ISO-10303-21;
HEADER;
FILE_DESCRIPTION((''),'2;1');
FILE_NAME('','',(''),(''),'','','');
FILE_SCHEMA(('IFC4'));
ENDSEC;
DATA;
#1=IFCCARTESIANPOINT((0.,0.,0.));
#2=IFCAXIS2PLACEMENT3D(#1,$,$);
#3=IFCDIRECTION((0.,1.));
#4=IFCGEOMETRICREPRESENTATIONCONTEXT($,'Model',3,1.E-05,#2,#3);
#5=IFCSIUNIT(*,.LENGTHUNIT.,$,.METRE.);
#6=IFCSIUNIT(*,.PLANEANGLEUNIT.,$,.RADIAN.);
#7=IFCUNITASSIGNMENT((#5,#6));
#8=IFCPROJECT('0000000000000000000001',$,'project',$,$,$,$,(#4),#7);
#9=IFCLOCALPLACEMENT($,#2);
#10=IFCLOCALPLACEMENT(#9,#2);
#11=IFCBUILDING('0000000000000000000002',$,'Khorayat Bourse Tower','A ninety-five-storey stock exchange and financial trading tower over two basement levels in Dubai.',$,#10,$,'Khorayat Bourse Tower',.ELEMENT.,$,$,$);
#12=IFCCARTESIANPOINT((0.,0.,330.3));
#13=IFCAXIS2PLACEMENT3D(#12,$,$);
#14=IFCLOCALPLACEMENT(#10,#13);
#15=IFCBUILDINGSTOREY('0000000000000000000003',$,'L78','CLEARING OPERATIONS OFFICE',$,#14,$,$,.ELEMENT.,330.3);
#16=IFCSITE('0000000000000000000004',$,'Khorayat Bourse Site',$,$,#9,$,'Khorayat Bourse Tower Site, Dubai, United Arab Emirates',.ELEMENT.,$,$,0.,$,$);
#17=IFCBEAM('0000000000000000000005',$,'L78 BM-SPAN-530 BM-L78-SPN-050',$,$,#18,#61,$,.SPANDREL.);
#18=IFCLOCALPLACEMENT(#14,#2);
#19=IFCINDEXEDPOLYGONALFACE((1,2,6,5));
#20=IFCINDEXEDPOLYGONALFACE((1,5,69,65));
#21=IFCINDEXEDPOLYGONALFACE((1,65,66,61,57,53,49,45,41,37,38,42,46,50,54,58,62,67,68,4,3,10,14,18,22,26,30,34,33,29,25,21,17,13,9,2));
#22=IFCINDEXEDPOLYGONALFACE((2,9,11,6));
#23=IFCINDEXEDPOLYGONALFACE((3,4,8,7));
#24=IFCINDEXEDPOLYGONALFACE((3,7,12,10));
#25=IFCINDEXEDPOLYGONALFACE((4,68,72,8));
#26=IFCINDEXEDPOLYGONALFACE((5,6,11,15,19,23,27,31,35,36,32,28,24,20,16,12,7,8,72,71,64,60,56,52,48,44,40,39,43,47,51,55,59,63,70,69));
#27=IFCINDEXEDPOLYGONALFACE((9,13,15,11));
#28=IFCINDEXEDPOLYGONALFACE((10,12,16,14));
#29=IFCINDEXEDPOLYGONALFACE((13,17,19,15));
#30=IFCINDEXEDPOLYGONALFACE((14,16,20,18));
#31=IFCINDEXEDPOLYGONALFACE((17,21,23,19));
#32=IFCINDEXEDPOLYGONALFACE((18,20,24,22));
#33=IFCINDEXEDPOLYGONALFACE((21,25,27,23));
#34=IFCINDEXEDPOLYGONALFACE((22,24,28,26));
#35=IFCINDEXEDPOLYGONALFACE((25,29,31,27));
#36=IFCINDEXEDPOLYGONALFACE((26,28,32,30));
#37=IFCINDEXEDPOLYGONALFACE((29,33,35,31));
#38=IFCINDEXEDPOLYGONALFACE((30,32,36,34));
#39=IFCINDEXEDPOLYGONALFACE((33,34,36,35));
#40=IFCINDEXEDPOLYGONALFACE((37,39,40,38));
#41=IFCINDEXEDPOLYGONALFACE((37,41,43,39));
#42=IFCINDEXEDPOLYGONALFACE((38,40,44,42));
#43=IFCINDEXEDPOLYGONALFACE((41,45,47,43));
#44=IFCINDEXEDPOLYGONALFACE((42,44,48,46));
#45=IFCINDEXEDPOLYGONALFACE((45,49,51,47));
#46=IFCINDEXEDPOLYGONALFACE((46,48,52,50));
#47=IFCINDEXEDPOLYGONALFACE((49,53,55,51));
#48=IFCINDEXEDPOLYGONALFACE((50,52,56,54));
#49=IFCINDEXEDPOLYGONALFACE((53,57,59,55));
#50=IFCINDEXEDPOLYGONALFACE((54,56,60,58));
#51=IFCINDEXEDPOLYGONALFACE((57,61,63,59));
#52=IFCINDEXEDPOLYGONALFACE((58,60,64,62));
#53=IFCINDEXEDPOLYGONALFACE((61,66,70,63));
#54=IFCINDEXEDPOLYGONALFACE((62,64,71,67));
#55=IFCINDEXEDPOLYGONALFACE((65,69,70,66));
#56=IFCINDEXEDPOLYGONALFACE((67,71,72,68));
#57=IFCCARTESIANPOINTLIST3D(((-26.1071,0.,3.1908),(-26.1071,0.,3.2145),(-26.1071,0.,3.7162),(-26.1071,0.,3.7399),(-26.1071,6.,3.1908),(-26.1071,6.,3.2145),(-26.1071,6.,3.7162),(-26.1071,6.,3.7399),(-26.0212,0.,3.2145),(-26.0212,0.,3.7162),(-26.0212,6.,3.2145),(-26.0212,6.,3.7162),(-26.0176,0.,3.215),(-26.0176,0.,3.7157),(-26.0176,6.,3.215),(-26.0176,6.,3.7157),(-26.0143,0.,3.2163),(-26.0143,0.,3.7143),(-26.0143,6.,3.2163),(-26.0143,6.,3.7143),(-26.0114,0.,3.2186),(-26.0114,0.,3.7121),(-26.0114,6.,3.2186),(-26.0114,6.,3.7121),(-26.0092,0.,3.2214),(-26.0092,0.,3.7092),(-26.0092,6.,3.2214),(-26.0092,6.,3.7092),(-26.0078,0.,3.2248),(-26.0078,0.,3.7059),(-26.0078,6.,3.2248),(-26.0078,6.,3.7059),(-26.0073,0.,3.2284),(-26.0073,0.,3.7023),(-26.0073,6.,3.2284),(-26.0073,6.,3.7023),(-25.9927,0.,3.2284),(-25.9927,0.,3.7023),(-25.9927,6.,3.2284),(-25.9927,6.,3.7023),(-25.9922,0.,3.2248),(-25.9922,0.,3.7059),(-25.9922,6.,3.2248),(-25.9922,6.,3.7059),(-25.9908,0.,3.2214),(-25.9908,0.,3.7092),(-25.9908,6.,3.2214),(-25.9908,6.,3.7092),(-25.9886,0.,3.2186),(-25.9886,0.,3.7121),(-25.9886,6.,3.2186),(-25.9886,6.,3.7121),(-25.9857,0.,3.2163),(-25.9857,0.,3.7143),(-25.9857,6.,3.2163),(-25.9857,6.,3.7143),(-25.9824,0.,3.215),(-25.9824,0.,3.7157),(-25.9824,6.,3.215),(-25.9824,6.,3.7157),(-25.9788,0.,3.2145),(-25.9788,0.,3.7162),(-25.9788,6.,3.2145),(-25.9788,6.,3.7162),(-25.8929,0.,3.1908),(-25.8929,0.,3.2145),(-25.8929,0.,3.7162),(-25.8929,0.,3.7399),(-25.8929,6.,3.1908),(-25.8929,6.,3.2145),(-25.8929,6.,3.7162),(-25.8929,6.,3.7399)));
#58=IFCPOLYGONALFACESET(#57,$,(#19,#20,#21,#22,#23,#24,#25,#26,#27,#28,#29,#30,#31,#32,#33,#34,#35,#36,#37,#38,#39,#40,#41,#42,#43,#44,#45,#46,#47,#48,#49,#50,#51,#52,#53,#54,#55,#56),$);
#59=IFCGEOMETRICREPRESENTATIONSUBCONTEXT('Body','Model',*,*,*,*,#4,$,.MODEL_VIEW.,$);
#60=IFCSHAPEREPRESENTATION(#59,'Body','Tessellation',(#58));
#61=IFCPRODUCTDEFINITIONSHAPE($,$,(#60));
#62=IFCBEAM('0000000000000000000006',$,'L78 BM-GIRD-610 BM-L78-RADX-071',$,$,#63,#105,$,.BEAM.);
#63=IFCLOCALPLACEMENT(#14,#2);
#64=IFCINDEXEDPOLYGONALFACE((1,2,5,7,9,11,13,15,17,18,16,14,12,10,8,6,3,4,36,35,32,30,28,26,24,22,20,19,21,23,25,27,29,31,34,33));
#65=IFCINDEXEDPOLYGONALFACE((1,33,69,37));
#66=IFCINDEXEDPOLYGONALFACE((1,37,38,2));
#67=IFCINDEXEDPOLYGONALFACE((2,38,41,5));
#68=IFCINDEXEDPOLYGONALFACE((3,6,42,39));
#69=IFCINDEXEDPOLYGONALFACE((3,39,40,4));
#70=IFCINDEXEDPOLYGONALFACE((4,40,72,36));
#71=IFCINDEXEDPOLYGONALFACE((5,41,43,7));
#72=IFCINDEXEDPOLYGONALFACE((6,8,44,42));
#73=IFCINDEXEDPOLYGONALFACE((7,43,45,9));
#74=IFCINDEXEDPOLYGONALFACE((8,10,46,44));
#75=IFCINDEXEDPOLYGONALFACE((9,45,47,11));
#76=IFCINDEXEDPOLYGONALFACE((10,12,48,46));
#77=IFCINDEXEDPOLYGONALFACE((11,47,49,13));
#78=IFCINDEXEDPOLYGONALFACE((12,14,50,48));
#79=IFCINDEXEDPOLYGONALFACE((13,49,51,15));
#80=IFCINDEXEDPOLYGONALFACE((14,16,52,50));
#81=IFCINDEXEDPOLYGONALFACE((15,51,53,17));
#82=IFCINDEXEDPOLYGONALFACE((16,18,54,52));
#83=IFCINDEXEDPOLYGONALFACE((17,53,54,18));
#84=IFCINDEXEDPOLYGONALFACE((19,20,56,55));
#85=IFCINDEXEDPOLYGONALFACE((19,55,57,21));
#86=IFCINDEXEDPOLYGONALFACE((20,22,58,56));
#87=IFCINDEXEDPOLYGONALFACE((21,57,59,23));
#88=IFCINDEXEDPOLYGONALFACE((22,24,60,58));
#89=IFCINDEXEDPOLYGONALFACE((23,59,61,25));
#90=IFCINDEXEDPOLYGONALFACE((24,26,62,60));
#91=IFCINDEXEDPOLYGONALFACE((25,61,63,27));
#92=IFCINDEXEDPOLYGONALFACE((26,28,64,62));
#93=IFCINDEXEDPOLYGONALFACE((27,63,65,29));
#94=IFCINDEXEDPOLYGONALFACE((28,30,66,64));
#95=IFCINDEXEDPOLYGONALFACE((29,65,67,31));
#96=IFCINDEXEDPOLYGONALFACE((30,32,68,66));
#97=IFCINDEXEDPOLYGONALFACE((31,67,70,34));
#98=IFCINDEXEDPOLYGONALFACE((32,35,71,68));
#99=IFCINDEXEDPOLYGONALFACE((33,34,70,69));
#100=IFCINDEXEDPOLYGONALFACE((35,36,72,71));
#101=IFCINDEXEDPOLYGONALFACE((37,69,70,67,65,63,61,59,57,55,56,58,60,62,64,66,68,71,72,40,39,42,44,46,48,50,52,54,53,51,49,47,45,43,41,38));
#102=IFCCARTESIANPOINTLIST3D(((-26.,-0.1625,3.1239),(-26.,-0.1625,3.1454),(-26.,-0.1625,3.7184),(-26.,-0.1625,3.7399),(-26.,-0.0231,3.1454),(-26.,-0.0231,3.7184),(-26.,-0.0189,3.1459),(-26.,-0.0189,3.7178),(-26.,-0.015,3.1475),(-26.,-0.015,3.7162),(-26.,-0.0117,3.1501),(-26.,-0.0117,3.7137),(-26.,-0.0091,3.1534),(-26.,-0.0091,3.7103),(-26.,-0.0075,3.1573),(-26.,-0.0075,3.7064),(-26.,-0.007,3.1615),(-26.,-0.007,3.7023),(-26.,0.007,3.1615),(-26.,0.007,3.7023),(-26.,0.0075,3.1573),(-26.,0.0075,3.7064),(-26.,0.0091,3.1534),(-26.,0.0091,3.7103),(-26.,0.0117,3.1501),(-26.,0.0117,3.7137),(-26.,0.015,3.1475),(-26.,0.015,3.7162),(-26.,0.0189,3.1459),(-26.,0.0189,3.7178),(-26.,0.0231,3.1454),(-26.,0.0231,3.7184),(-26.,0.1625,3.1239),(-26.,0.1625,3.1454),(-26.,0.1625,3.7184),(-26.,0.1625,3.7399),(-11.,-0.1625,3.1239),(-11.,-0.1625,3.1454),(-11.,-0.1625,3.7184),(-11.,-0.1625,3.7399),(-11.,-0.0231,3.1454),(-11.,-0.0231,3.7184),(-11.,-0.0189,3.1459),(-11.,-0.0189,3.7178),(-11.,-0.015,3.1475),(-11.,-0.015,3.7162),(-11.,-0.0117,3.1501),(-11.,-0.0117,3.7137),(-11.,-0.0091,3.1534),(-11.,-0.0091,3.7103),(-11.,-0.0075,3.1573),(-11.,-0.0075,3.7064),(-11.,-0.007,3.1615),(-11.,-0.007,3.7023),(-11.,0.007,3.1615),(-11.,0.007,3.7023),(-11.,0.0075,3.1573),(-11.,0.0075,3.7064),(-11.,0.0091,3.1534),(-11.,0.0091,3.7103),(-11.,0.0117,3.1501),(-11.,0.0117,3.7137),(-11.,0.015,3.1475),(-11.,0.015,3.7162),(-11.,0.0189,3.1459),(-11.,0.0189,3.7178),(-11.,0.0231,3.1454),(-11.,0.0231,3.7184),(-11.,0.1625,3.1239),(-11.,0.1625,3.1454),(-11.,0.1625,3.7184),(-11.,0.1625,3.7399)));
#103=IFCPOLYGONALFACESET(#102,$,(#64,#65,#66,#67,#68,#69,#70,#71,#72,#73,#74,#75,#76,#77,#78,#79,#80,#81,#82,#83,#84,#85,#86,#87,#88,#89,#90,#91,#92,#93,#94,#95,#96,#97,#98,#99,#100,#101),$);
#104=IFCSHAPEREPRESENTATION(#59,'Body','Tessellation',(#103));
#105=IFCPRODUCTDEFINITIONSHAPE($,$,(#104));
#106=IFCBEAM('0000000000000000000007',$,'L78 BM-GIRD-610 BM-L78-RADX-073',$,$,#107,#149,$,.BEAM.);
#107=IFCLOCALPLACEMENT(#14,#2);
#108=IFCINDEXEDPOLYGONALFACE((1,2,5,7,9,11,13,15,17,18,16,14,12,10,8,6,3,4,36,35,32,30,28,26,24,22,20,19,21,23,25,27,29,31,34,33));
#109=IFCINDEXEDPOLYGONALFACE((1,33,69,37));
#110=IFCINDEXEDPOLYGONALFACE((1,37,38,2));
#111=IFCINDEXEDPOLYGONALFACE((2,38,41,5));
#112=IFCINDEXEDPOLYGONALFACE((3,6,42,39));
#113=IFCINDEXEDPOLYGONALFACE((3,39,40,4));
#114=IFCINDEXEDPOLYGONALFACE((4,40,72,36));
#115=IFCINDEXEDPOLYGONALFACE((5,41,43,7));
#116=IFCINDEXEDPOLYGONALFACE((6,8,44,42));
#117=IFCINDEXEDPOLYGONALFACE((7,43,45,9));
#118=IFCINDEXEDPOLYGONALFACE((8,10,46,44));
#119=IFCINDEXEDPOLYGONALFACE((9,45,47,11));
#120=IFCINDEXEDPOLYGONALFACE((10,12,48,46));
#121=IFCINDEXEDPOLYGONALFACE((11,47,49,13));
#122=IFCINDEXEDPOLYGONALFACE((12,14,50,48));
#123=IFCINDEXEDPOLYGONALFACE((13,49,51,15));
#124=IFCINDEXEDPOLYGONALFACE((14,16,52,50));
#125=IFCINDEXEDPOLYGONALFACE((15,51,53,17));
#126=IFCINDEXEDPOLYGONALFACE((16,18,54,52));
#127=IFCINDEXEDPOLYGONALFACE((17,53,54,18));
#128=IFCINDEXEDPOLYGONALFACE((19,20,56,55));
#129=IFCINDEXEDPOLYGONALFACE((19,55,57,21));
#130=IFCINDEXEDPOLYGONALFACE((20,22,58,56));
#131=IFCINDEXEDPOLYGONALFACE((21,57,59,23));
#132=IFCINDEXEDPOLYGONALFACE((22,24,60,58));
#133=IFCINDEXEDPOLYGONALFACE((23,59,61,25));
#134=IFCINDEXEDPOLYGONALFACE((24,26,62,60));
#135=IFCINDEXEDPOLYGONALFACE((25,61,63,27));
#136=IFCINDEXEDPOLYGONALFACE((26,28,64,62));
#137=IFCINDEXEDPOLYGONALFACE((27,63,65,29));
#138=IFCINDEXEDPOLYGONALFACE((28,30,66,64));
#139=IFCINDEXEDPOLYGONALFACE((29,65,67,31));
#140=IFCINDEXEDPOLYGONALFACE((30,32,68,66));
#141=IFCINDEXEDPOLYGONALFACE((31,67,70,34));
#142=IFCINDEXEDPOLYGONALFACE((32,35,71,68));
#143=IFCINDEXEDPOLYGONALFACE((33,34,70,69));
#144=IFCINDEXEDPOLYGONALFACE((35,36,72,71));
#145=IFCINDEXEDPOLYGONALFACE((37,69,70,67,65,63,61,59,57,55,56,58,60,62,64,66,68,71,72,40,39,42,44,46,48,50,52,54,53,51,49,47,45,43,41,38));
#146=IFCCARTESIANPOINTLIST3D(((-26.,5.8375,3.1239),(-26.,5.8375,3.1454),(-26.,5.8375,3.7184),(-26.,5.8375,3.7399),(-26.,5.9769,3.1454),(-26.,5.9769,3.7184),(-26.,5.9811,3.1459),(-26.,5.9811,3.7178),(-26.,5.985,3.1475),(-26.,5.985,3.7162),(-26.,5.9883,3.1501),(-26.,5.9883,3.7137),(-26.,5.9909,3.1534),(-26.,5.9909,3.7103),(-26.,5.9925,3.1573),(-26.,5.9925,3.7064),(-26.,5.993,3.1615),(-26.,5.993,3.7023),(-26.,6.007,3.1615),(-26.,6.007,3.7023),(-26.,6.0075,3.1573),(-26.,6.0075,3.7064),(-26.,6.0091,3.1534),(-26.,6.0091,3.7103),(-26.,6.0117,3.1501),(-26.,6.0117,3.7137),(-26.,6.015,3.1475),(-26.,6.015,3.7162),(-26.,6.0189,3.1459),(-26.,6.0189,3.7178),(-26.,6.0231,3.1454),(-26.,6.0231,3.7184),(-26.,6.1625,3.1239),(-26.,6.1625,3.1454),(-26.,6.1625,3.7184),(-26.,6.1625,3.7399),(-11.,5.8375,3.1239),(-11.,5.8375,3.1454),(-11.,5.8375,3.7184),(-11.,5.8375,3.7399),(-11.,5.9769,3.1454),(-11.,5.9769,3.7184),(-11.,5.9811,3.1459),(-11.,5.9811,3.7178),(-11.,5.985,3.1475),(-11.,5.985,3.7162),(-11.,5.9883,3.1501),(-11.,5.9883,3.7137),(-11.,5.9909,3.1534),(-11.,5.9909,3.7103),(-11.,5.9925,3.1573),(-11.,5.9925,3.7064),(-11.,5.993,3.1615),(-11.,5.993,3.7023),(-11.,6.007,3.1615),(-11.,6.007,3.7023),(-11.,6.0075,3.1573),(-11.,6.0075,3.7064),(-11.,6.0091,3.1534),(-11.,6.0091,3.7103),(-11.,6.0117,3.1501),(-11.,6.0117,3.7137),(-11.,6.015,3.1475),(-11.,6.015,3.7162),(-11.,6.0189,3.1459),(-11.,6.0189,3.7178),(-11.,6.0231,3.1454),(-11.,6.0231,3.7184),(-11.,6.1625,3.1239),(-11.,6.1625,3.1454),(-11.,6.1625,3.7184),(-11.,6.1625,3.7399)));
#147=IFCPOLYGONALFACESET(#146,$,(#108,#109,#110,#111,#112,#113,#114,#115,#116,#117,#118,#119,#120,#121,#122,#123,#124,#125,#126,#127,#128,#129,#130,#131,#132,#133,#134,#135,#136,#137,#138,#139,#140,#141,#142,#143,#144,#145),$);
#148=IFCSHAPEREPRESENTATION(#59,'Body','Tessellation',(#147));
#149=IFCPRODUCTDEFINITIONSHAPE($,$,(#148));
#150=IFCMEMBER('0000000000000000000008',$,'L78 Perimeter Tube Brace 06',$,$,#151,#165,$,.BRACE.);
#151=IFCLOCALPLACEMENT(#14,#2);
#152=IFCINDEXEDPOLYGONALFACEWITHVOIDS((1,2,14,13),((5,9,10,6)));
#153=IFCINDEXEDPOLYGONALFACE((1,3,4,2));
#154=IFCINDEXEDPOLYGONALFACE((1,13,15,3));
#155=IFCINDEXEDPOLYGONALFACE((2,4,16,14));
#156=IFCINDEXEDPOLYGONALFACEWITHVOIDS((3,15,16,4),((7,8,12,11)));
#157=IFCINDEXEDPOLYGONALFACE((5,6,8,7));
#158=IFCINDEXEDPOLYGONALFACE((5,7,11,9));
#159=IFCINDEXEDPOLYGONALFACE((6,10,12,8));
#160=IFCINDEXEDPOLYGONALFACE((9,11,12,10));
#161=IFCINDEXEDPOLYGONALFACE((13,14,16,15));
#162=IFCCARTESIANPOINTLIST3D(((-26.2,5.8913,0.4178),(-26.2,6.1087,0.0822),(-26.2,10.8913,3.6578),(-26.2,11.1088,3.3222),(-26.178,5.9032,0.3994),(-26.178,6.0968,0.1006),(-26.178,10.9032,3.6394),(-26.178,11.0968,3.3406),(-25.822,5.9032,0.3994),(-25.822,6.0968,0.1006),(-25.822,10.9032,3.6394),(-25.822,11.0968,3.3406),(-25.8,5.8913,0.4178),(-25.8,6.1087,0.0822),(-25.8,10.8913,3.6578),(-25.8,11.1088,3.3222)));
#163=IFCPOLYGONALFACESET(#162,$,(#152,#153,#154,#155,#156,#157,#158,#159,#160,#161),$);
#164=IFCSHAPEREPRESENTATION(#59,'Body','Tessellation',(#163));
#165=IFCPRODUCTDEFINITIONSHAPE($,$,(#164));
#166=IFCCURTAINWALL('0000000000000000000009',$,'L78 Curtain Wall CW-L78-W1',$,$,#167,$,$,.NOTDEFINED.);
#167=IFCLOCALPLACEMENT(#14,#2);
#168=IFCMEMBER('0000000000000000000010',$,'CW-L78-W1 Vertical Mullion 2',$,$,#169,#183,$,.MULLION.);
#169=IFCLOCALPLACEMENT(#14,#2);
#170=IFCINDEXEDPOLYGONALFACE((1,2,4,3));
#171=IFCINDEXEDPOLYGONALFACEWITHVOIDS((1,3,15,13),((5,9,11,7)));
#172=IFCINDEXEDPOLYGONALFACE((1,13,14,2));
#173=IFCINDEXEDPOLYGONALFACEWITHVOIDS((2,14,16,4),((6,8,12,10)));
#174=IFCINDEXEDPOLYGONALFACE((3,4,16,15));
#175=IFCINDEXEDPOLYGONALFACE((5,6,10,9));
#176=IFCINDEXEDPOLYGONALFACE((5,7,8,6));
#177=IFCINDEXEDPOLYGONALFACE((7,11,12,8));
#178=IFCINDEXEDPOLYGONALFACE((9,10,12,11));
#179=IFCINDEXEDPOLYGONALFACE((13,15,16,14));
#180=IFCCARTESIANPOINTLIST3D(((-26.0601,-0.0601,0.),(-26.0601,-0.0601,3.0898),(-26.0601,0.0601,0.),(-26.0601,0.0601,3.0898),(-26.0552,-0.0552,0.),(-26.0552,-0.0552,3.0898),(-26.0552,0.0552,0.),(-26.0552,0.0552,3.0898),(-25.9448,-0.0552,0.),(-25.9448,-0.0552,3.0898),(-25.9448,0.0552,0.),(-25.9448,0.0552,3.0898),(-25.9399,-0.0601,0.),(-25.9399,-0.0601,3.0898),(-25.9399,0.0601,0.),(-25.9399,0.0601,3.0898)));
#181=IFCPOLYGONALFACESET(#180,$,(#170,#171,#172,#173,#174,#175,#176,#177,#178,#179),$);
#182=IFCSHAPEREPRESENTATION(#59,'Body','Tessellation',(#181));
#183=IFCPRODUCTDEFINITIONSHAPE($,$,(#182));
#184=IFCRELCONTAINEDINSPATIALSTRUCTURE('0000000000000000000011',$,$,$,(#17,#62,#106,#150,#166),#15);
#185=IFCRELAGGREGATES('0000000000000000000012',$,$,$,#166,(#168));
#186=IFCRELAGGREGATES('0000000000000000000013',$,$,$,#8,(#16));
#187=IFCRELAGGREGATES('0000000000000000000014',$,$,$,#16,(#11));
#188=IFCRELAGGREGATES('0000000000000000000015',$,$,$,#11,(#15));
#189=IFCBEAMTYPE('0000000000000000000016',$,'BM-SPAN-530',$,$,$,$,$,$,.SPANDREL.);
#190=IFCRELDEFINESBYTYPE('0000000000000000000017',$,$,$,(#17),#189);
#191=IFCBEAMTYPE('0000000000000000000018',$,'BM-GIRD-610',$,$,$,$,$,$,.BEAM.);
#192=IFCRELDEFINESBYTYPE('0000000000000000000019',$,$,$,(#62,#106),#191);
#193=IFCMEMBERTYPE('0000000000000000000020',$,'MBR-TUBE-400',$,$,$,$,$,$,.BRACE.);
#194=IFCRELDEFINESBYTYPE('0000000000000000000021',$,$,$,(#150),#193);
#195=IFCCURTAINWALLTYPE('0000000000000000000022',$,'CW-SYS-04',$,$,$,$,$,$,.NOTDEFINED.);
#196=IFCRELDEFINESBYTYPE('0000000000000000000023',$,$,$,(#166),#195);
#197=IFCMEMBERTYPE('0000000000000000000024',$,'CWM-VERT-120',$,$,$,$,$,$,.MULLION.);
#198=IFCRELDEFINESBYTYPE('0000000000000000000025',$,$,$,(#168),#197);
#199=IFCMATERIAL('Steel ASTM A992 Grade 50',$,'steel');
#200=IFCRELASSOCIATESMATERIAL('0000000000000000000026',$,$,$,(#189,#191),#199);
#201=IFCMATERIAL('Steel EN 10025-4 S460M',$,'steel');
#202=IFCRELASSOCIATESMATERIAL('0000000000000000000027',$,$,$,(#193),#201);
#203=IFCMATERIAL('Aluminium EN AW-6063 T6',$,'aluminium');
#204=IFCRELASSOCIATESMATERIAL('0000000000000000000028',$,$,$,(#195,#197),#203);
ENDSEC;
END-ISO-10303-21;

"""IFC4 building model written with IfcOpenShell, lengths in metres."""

from ifc_helpers import new_model, si_unit, direction, frame, origin, origin_2d, place, context, subcontext, project, spatial, hollow_rectangle, i_section, extrude, source, transform, mapped, material, material_profile, profile_set, type_object, element, aggregate, save


model = new_model("IFC4")

# Units and contexts
model_context = context("Model", 3, precision=1e-05, world=origin(), true_north=direction((0.0, 1.0)))
body_context = subcontext(model_context, "Body", "Model", "MODEL_VIEW")
ifc_project = project(units=[si_unit("LENGTHUNIT", "METRE"), si_unit("PLANEANGLEUNIT", "RADIAN")], contexts=[model_context])

# Site, building, storey
site_placement = place(None, origin())
site = spatial("IfcSite", under=ifc_project, at=site_placement, Name="Khorayat Bourse Site", LongName="Khorayat Bourse Tower Site, Dubai, United Arab Emirates", CompositionType="ELEMENT", RefElevation=0.0)
building_placement = place(site_placement, origin())
building = spatial("IfcBuilding", under=site, at=building_placement, Name="Khorayat Bourse Tower", Description="A ninety-five-storey stock exchange and financial trading tower over two basement levels in Dubai.", LongName="Khorayat Bourse Tower", CompositionType="ELEMENT")
storey_placement = place(building_placement, frame((0.0, 0.0, 330.3)))
storey = spatial("IfcBuildingStorey", under=building, at=storey_placement, Name="L78", Description="CLEARING OPERATIONS OFFICE", CompositionType="ELEMENT", Elevation=330.3)

# Beams
ifc_material_1 = material(Name="Steel ASTM A992 Grade 50", Category="steel")
ifc_material_profile_1 = material_profile(ifc_material_1, i_section(OverallWidth=0.2141, OverallDepth=0.5491, WebThickness=0.0146, FlangeThickness=0.0237, FilletRadius=0.0139, at=origin_2d()), Name="W530X138")
ifc_profile_set_1 = profile_set([ifc_material_profile_1], Name="Steel ASTM A992 Grade 50")
beam_type_1 = type_object("IfcBeamType", Name="BM-SPAN-530", PredefinedType="SPANDREL", material=ifc_profile_set_1)
shared_shape_1 = source(origin(), body_context, "Body", "SweptSolid", [
    extrude(i_section(OverallWidth=0.2141, OverallDepth=0.5491, WebThickness=0.0146, FlangeThickness=0.0237, FilletRadius=0.0139, at=origin_2d()), origin(), (0.0, 0.0, 1.0), 6.0),
])
beam_1_placement = place(storey_placement, frame((-26.0, 0.0, 3.4653), z_axis=(0.0, 1.0, 0.0), x_axis=(-1.0, 0.0, 0.0)))
element("IfcBeam", 1, at=beam_1_placement, inside=storey, type_object=beam_type_1, Name="L78 BM-SPAN-530 BM-L78-SPN-050", PredefinedType="SPANDREL", context=body_context, shape_type="MappedRepresentation", body=[
    mapped(shared_shape_1, transform((0.0, 0.0, 0.0), scale=1.0)),
])
ifc_material_profile_2 = material_profile(ifc_material_1, i_section(OverallWidth=0.325, OverallDepth=0.616, WebThickness=0.0139, FlangeThickness=0.0215, FilletRadius=0.0161, at=origin_2d()), Name="W610X174")
ifc_profile_set_2 = profile_set([ifc_material_profile_2], Name="Steel ASTM A992 Grade 50")
beam_type_2 = type_object("IfcBeamType", Name="BM-GIRD-610", PredefinedType="BEAM", material=ifc_profile_set_2)
shared_shape_2 = source(origin(), body_context, "Body", "SweptSolid", [
    extrude(i_section(OverallWidth=0.325, OverallDepth=0.616, WebThickness=0.0139, FlangeThickness=0.0215, FilletRadius=0.0161, at=origin_2d()), origin(), (0.0, 0.0, 1.0), 15.0),
])
for number, where, z_axis, x_axis, name in (
    (2, (-26.0, 0.0, 3.4319), (1.0, 0.0, 0.0), (0.0, 1.0, 0.0), "L78 BM-GIRD-610 BM-L78-RADX-071"),
    (3, (-26.0, 6.0, 3.4319), (1.0, 0.0, 0.0), (0.0, 1.0, 0.0), "L78 BM-GIRD-610 BM-L78-RADX-073"),
):
    element("IfcBeam", number, at=place(storey_placement, frame(where, z_axis=z_axis, x_axis=x_axis)), inside=storey, type_object=beam_type_2, Name=name, PredefinedType="BEAM", context=body_context, shape_type="MappedRepresentation", body=[
        mapped(shared_shape_2, transform((0.0, 0.0, 0.0), scale=1.0)),
    ])

# Member
ifc_material_2 = material(Name="Steel EN 10025-4 S460M", Category="steel")
ifc_material_profile_3 = material_profile(ifc_material_2, hollow_rectangle(XDim=0.3999, YDim=0.3999, WallThickness=0.022, at=origin_2d()), Name="HSS 400x400x22")
ifc_profile_set_3 = profile_set([ifc_material_profile_3], Name="Steel EN 10025-4 S460M")
member_type_1 = type_object("IfcMemberType", Name="MBR-TUBE-400", PredefinedType="BRACE", material=ifc_profile_set_3)
shared_shape_3 = source(origin(), body_context, "Body", "SweptSolid", [
    extrude(hollow_rectangle(XDim=0.3999, YDim=0.3999, WallThickness=0.022, at=origin_2d()), origin(), (0.0, 0.0, 1.0), 5.958),
])
member_1_placement = place(storey_placement, frame((-26.0, 6.0, 0.25), z_axis=(0.0, 0.83921, 0.543807), x_axis=(-1.0, 0.0, 0.0)))
element("IfcMember", 4, at=member_1_placement, inside=storey, type_object=member_type_1, Name="L78 Perimeter Tube Brace 06", PredefinedType="BRACE", context=body_context, shape_type="MappedRepresentation", body=[
    mapped(shared_shape_3, transform((0.0, 0.0, 0.0), scale=1.0)),
])

# Curtain wall, member
ifc_material_3 = material(Name="Aluminium EN AW-6063 T6", Category="aluminium")
curtain_wall_type = type_object("IfcCurtainWallType", Name="CW-SYS-04", PredefinedType="NOTDEFINED", material=ifc_material_3)
curtain_wall_placement = place(storey_placement, origin())
curtain_wall = element("IfcCurtainWall", 5, at=curtain_wall_placement, inside=storey, type_object=curtain_wall_type, Name="L78 Curtain Wall CW-L78-W1", PredefinedType="NOTDEFINED")
ifc_material_profile_4 = material_profile(ifc_material_3, hollow_rectangle(XDim=0.1201, YDim=0.1201, WallThickness=0.0049, at=origin_2d()), Name="ALU 120x120x5")
ifc_profile_set_4 = profile_set([ifc_material_profile_4], Name="Aluminium EN AW-6063 T6")
member_type_2 = type_object("IfcMemberType", Name="CWM-VERT-120", PredefinedType="MULLION", material=ifc_profile_set_4)
shared_shape_4 = source(origin(), body_context, "Body", "SweptSolid", [
    extrude(hollow_rectangle(XDim=0.1201, YDim=0.1201, WallThickness=0.0049, at=origin_2d()), origin(), (0.0, 0.0, 1.0), 3.0898),
])
member_2_placement = place(storey_placement, frame((-26.0, 0.0, 0.0), z_axis=(0.0, 0.0, 1.0), x_axis=(-1.0, 0.0, 0.0)))
member_2 = element("IfcMember", 6, at=member_2_placement, type_object=member_type_2, Name="CW-L78-W1 Vertical Mullion 2", PredefinedType="MULLION", context=body_context, shape_type="MappedRepresentation", body=[
    mapped(shared_shape_4, transform((0.0, 0.0, 0.0), scale=1.0)),
])

aggregate(curtain_wall, [member_2])

save(model, "model.ifc")
